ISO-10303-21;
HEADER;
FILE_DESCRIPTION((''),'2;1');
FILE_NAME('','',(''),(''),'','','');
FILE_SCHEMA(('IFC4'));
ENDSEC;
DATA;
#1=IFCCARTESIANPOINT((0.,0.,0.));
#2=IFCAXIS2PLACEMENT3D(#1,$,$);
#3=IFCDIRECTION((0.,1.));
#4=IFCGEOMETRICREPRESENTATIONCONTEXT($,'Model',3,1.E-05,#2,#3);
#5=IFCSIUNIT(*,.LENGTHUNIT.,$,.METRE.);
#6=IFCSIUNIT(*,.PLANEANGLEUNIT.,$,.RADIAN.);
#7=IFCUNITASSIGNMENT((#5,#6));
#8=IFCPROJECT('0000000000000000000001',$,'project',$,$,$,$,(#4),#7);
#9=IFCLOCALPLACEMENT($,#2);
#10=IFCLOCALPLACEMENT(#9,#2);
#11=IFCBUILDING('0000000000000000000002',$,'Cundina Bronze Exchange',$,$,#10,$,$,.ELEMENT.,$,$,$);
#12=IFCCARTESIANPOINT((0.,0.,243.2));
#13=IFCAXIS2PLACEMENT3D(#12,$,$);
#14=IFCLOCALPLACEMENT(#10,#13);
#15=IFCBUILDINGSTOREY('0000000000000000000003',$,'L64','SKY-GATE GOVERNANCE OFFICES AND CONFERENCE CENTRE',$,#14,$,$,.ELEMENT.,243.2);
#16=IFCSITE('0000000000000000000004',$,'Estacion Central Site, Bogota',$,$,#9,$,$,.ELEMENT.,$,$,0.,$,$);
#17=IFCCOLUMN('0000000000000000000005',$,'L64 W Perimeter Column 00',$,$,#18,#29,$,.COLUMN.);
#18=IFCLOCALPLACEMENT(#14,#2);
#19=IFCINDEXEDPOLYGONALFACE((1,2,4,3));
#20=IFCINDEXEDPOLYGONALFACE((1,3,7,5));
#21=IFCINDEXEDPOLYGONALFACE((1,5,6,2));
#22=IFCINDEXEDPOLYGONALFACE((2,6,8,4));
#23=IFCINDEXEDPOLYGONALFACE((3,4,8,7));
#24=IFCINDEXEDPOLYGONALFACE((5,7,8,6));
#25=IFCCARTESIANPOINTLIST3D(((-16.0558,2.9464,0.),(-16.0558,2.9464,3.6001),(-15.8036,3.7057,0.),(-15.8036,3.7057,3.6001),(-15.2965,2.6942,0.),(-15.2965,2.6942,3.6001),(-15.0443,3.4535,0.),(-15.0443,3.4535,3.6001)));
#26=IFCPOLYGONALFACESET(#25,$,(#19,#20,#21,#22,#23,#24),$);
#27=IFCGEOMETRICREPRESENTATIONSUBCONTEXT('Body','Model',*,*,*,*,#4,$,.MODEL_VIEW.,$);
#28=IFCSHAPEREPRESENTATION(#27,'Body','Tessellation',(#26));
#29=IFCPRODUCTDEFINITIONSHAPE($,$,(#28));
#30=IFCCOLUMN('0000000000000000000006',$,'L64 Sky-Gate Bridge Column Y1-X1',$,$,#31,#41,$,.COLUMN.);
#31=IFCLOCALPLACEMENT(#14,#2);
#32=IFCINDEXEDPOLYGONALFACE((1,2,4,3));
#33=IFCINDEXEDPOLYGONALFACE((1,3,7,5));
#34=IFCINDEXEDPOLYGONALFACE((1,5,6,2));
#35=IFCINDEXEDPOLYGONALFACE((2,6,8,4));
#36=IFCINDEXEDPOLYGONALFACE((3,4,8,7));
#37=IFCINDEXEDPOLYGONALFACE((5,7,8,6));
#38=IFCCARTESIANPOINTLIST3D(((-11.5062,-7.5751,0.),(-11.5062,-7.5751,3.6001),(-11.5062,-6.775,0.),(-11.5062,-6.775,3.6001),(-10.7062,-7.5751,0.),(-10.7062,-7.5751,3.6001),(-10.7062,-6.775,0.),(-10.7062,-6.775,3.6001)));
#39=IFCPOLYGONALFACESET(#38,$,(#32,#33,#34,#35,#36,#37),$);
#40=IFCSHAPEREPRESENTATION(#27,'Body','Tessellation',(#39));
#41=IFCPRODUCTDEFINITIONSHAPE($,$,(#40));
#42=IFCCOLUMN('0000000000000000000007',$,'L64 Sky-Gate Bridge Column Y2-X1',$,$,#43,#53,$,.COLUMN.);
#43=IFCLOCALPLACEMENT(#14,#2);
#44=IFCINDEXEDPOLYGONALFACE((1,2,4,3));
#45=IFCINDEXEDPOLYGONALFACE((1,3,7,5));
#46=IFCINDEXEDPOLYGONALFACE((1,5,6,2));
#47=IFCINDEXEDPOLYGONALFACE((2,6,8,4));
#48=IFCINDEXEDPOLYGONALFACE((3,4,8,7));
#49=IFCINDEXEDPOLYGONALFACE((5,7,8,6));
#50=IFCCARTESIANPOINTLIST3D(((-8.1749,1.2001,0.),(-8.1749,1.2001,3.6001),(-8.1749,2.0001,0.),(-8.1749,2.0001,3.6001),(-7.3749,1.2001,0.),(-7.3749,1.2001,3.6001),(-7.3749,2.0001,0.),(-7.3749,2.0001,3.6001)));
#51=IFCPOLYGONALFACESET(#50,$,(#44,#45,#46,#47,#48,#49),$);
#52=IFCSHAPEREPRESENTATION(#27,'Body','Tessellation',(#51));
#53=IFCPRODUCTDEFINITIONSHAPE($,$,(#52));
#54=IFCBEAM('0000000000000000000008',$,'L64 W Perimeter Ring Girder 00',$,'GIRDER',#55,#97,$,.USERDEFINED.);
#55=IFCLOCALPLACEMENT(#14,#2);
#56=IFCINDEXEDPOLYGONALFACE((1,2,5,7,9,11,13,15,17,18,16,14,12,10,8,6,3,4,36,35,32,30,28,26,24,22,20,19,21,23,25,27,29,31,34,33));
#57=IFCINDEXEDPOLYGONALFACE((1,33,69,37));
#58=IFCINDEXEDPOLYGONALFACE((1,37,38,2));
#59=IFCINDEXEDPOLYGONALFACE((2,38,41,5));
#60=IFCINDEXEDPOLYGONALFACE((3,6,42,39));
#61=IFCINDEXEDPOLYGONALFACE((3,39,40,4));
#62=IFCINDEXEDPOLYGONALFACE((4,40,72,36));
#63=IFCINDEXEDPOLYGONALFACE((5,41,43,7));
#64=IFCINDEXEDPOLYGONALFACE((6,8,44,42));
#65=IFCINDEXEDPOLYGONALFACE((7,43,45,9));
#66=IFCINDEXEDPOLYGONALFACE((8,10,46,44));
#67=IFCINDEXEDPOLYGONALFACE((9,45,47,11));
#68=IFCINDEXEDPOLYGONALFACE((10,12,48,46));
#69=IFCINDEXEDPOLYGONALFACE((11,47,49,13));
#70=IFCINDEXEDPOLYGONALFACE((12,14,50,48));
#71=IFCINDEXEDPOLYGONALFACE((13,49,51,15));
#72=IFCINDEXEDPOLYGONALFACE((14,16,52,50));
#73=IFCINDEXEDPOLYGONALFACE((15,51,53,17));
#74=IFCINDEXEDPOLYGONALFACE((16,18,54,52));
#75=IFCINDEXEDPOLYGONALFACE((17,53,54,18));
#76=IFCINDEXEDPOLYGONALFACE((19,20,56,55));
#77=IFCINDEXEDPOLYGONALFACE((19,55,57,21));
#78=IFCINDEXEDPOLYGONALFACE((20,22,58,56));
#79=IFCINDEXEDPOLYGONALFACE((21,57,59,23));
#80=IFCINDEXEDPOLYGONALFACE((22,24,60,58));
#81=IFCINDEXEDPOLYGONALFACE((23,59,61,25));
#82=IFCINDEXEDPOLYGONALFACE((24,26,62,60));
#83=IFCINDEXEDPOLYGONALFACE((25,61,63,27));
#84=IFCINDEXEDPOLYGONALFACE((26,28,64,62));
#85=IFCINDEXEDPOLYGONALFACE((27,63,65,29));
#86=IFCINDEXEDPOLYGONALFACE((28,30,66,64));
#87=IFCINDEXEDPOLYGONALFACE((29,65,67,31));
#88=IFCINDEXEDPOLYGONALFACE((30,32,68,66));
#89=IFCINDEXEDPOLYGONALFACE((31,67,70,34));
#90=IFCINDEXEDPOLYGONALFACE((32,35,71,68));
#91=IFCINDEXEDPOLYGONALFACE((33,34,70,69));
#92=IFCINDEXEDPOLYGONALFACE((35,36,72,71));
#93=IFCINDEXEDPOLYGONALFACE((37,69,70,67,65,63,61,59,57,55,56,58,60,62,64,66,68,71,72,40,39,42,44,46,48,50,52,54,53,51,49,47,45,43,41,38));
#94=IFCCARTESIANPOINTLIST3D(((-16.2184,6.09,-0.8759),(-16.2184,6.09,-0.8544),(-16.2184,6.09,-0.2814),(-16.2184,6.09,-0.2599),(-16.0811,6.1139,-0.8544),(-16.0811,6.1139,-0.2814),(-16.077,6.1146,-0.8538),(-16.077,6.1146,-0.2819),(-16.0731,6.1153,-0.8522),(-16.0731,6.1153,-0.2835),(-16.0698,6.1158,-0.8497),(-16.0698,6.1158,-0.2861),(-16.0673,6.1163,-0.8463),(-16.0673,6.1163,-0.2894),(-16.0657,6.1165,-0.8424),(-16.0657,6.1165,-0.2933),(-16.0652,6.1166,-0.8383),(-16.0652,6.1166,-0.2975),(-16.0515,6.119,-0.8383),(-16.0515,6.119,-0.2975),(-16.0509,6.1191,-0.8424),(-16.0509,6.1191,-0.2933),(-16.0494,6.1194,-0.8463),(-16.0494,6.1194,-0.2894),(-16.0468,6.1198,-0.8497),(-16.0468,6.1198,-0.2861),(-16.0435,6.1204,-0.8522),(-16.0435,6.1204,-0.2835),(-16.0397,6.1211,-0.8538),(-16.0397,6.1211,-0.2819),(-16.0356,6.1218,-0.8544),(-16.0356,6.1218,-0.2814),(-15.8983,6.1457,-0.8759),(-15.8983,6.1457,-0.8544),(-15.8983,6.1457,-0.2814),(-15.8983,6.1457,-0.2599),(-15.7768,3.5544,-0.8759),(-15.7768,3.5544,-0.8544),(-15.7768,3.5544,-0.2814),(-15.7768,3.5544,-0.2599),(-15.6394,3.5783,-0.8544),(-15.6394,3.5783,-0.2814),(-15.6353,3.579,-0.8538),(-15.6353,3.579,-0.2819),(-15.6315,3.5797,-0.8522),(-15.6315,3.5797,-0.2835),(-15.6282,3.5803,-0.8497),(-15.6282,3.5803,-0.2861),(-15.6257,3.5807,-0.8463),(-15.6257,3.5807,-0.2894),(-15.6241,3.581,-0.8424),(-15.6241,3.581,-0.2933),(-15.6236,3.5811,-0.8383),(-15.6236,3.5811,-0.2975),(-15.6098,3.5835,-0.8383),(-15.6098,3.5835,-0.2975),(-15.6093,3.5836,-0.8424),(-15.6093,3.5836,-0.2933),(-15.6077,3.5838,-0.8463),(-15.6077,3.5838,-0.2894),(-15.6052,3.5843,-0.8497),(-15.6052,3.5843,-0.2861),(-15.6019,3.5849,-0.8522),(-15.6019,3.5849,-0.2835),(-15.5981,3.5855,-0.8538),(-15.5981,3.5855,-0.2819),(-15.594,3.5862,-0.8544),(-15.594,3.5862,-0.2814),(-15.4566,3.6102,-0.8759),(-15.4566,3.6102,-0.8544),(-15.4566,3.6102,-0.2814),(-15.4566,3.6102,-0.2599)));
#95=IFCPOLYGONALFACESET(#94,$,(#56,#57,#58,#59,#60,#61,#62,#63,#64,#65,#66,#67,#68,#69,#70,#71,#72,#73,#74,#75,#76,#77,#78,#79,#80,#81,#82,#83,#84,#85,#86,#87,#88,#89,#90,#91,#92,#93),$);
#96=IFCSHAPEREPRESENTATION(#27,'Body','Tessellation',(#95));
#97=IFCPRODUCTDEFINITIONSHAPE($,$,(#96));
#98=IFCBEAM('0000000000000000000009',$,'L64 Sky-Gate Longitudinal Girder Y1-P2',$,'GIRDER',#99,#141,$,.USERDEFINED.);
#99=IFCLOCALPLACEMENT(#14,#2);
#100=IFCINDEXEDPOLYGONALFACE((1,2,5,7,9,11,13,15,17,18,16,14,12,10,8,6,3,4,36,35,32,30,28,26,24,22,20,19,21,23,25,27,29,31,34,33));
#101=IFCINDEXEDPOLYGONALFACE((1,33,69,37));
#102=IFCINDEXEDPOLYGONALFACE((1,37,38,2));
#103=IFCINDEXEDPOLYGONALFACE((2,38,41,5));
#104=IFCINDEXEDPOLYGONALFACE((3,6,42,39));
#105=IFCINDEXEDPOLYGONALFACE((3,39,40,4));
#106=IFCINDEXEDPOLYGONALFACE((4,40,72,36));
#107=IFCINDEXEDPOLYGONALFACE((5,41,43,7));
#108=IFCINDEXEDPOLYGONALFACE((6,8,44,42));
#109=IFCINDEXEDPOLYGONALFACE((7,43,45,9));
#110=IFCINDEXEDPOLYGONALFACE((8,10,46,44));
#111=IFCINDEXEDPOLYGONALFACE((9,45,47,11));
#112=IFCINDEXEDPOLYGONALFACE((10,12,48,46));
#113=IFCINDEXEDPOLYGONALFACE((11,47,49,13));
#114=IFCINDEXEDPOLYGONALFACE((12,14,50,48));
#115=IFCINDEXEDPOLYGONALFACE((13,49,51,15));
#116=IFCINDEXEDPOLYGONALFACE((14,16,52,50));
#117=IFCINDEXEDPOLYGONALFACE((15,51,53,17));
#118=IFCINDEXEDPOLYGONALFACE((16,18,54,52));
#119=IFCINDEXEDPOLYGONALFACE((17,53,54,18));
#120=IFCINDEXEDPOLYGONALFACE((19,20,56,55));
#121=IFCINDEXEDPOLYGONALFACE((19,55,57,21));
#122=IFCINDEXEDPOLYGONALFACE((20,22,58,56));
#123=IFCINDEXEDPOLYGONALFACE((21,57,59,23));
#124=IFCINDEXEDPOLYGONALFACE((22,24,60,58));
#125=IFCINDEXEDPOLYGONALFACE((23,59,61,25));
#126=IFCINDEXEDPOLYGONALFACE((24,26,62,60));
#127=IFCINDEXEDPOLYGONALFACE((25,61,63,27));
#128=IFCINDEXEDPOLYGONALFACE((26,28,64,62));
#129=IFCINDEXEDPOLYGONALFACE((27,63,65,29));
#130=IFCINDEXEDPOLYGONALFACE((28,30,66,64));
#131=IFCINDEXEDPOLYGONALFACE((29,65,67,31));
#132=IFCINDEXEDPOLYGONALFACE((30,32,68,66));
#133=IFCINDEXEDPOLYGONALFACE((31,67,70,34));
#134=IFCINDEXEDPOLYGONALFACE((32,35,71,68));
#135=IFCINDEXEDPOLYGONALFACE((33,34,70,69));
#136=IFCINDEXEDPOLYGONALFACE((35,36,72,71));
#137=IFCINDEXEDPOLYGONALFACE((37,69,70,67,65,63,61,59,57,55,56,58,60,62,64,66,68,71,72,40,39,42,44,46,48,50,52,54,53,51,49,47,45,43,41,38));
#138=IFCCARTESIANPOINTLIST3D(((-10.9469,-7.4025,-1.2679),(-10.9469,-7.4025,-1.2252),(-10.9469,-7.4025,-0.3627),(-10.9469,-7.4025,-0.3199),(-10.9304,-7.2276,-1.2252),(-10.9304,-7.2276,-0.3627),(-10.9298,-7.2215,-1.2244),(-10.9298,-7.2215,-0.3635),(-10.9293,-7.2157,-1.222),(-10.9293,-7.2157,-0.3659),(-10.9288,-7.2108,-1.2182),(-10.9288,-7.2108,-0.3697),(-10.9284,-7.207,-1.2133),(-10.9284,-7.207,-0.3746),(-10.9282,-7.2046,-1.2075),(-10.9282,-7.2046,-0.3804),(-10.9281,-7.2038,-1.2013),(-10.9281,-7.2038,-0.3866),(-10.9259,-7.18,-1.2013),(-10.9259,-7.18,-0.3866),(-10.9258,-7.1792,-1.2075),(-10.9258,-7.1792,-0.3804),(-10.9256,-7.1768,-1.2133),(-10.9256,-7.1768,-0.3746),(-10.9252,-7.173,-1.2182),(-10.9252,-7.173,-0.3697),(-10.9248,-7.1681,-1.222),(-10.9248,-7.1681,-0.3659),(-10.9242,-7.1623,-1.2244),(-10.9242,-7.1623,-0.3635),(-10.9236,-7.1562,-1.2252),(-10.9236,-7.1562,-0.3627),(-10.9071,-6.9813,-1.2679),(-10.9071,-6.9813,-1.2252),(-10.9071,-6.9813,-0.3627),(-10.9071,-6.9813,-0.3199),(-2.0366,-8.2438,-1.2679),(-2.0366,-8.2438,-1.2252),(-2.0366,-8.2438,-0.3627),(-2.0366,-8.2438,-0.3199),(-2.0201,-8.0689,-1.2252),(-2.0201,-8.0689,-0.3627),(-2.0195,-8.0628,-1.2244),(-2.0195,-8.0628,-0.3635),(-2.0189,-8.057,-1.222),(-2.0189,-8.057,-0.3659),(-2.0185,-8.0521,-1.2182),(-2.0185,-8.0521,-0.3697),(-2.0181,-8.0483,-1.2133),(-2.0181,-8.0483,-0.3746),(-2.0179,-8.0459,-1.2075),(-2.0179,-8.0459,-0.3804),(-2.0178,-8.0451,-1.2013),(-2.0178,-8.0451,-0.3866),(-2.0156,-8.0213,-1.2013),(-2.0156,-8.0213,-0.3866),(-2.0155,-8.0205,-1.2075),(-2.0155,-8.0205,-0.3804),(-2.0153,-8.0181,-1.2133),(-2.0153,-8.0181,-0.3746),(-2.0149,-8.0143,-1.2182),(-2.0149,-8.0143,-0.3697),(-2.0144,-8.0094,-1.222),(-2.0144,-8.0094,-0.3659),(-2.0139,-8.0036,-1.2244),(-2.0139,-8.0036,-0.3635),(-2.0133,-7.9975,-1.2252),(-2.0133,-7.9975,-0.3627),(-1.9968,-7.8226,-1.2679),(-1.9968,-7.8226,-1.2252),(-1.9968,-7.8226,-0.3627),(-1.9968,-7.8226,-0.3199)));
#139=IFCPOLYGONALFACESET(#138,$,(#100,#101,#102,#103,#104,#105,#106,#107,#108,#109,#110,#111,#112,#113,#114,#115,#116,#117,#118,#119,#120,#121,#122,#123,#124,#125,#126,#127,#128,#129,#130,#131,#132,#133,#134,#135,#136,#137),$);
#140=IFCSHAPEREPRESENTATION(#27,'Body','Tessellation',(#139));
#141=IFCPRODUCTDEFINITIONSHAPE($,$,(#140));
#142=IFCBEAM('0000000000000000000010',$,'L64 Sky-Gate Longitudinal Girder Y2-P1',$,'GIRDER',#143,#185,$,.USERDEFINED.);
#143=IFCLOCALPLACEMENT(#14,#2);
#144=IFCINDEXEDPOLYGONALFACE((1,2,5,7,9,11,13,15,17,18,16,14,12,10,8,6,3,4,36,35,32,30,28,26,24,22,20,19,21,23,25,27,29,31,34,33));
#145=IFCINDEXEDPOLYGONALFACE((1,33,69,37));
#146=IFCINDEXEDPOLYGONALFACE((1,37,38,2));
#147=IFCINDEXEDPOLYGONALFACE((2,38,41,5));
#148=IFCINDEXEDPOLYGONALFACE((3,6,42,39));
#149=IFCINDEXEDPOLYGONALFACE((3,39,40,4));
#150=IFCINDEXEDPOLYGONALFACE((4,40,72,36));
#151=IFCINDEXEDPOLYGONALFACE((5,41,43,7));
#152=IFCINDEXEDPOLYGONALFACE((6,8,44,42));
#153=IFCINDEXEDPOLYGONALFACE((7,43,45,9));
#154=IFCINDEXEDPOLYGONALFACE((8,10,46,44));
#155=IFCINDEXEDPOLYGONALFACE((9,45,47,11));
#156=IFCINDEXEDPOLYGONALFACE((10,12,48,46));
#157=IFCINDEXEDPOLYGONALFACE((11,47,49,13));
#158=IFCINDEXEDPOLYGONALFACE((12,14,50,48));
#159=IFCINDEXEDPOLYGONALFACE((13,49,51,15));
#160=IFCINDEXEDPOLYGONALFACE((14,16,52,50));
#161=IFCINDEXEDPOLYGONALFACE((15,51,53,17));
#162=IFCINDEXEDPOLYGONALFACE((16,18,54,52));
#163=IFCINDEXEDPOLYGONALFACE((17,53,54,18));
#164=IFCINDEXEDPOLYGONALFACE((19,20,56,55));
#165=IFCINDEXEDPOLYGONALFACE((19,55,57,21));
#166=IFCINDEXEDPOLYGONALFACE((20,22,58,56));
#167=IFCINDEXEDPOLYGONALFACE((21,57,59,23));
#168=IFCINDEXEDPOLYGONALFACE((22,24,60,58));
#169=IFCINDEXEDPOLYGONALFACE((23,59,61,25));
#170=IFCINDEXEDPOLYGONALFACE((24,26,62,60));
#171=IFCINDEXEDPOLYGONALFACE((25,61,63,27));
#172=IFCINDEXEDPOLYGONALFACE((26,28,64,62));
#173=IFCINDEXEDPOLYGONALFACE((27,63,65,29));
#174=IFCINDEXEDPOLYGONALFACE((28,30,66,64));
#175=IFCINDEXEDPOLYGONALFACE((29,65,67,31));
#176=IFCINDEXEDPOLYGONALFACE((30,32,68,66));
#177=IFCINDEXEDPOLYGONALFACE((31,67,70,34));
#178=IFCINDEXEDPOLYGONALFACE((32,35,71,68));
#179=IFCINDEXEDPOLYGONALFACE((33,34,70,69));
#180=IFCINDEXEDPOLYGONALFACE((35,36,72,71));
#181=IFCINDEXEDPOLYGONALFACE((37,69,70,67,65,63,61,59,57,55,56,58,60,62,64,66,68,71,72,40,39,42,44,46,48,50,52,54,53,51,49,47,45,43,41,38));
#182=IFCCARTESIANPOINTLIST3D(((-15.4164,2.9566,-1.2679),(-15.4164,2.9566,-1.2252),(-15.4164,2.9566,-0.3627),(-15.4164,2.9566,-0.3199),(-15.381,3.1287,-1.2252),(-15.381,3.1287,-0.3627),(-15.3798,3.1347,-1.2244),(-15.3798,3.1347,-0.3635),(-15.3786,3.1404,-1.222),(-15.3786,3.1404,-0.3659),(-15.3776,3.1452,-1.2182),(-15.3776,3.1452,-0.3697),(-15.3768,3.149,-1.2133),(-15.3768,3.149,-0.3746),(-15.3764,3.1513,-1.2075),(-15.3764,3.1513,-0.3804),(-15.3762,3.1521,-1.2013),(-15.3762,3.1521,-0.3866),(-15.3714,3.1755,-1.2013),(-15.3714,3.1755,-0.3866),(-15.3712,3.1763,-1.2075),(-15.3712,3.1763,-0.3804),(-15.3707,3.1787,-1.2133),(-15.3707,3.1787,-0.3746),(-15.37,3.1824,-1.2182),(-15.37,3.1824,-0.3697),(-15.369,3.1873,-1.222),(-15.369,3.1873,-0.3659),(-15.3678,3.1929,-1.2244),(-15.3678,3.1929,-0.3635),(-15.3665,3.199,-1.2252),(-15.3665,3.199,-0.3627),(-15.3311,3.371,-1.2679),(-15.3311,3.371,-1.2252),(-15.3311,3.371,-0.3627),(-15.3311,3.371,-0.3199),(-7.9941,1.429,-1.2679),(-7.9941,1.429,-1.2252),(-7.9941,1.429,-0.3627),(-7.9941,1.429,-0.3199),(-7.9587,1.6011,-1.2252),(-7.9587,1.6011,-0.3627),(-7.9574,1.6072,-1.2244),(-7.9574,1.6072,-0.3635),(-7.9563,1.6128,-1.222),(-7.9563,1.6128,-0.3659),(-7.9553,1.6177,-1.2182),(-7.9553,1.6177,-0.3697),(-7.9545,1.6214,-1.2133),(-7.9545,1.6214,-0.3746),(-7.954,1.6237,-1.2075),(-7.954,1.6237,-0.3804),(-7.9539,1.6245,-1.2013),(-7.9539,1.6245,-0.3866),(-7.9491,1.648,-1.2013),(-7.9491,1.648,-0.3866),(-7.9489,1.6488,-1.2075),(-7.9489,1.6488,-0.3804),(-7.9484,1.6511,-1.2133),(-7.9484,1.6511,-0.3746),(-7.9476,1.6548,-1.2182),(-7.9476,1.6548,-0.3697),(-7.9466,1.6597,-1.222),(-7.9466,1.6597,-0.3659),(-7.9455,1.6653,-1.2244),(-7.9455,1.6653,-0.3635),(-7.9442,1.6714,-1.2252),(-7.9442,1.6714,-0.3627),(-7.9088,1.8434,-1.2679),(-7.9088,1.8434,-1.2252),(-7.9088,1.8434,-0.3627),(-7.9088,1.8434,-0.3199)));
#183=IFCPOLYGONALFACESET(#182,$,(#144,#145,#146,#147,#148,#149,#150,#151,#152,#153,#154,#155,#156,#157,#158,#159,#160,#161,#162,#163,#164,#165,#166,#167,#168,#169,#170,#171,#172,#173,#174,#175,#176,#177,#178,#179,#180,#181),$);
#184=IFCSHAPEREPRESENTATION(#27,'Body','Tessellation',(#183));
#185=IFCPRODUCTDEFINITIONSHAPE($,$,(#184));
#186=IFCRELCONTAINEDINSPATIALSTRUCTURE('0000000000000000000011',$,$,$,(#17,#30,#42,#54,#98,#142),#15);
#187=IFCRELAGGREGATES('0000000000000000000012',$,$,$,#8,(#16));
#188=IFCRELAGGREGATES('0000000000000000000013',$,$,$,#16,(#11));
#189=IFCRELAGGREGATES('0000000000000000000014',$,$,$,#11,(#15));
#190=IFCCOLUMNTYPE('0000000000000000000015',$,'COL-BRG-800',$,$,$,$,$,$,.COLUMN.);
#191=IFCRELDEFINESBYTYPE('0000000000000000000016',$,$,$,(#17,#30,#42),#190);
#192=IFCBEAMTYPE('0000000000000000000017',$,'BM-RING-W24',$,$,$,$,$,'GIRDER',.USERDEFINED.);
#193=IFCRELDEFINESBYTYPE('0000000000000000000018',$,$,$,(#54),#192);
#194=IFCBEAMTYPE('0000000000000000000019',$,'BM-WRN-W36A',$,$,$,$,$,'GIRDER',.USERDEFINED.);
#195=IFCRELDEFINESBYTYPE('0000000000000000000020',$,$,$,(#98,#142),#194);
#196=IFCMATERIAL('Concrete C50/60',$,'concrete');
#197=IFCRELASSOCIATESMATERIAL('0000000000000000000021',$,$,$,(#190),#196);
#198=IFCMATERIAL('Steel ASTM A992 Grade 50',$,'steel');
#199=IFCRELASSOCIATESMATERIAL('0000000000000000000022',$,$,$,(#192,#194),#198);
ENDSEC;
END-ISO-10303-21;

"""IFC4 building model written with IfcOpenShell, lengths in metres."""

from ifc_helpers import new_model, si_unit, direction, frame, origin, origin_2d, place, context, subcontext, project, spatial, rectangle, i_section, extrude, material, material_profile, profile_set, type_object, element, save


model = new_model("IFC4")

# Units and contexts
model_context = context("Model", 3, precision=1e-05, world=origin(), true_north=direction((0.0, 1.0)))
body_context = subcontext(model_context, "Body", "Model", "MODEL_VIEW")
ifc_project = project(units=[si_unit("LENGTHUNIT", "METRE"), si_unit("PLANEANGLEUNIT", "RADIAN")], contexts=[model_context])

# Site, building, storey
site_placement = place(None, origin())
site = spatial("IfcSite", under=ifc_project, at=site_placement, Name="Estacion Central Site, Bogota", CompositionType="ELEMENT", RefElevation=0.0)
building_placement = place(site_placement, origin())
building = spatial("IfcBuilding", under=site, at=building_placement, Name="Cundina Bronze Exchange", CompositionType="ELEMENT")
storey_placement = place(building_placement, frame((0.0, 0.0, 243.2)))
storey = spatial("IfcBuildingStorey", under=building, at=storey_placement, Name="L64", Description="SKY-GATE GOVERNANCE OFFICES AND CONFERENCE CENTRE", CompositionType="ELEMENT", Elevation=243.2)

# Columns
ifc_material_1 = material(Name="Concrete C50/60", Category="concrete")
ifc_material_profile_1 = material_profile(ifc_material_1, rectangle(XDim=0.8, YDim=0.8, at=origin_2d()), Name="RC800X800", Category="concrete")
ifc_profile_set_1 = profile_set([ifc_material_profile_1], Name="Concrete C50/60")
column_type = type_object("IfcColumnType", Name="COL-BRG-800", PredefinedType="COLUMN", material=ifc_profile_set_1)
for number, where, z_axis, x_axis, name in (
    (1, (-15.55, 3.2, 0.0), (0.0, 0.0, 1.0), (0.315152, 0.949041, 0.0), "L64 W Perimeter Column 00"),
    (2, (-11.1062, -7.175, 0.0), (0.0, 0.0, 1.0), (1.0, 0.0, 0.0), "L64 Sky-Gate Bridge Column Y1-X1"),
    (3, (-7.7749, 1.6001, 0.0), (0.0, 0.0, 1.0), (1.0, 0.0, 0.0), "L64 Sky-Gate Bridge Column Y2-X1"),
):
    element("IfcColumn", number, at=place(storey_placement, frame(where, z_axis=z_axis, x_axis=x_axis)), inside=storey, type_object=column_type, Name=name, PredefinedType="COLUMN", context=body_context, shape_type="SweptSolid", body=[
        extrude(rectangle(XDim=0.8, YDim=0.8, at=origin_2d()), origin(), (0.0, 0.0, 1.0), 3.6001),
    ])

# Beams
ifc_material_2 = material(Name="Steel ASTM A992 Grade 50", Category="steel")
ifc_material_profile_2 = material_profile(ifc_material_2, i_section(OverallWidth=0.325, OverallDepth=0.616, WebThickness=0.0139, FlangeThickness=0.0215, FilletRadius=0.0161, at=origin_2d()), Name="W24X117", Category="steel")
ifc_profile_set_2 = profile_set([ifc_material_profile_2], Name="Steel ASTM A992 Grade 50")
beam_type_1 = type_object("IfcBeamType", Name="BM-RING-W24", ElementType="GIRDER", PredefinedType="USERDEFINED", material=ifc_profile_set_2)
beam_1_placement = place(storey_placement, frame((-15.6167, 3.5823, -0.5679), z_axis=(-0.171593, 0.985168, 0.0), x_axis=(-0.985168, -0.171593, 0.0)))
element("IfcBeam", 4, at=beam_1_placement, inside=storey, type_object=beam_type_1, Name="L64 W Perimeter Ring Girder 00", ObjectType="GIRDER", PredefinedType="USERDEFINED", context=body_context, shape_type="SweptSolid", body=[
    extrude(i_section(OverallWidth=0.325, OverallDepth=0.616, WebThickness=0.0139, FlangeThickness=0.0215, FilletRadius=0.0161, at=origin_2d()), origin(), (0.0, 0.0, 1.0), 2.5737),
])
ifc_material_profile_3 = material_profile(ifc_material_2, i_section(OverallWidth=0.4231, OverallDepth=0.948, WebThickness=0.0239, FlangeThickness=0.0427, FilletRadius=0.0239, at=origin_2d()), Name="W36X302", Category="steel")
ifc_profile_set_3 = profile_set([ifc_material_profile_3], Name="Steel ASTM A992 Grade 50")
beam_type_2 = type_object("IfcBeamType", Name="BM-WRN-W36A", ElementType="GIRDER", PredefinedType="USERDEFINED", material=ifc_profile_set_3)
beam_2_placement = place(storey_placement, frame((-10.927, -7.1919, -0.7939), z_axis=(0.995572, -0.094001, 0.0), x_axis=(0.094001, 0.995572, 0.0)))
element("IfcBeam", 5, at=beam_2_placement, inside=storey, type_object=beam_type_2, Name="L64 Sky-Gate Longitudinal Girder Y1-P2", ObjectType="GIRDER", PredefinedType="USERDEFINED", context=body_context, shape_type="SweptSolid", body=[
    extrude(i_section(OverallWidth=0.4231, OverallDepth=0.948, WebThickness=0.0239, FlangeThickness=0.0427, FilletRadius=0.0239, at=origin_2d()), origin(), (0.0, 0.0, 1.0), 8.95),
])
for number, where, z_axis, x_axis, name in (
    (6, (-15.3738, 3.1638, -0.7939), (0.979471, -0.201584, 0.0), (0.201584, 0.979471, 0.0), "L64 Sky-Gate Longitudinal Girder Y2-P1"),
):
    element("IfcBeam", number, at=place(storey_placement, frame(where, z_axis=z_axis, x_axis=x_axis)), inside=storey, type_object=beam_type_2, Name=name, ObjectType="GIRDER", PredefinedType="USERDEFINED", context=body_context, shape_type="SweptSolid", body=[
        extrude(i_section(OverallWidth=0.4231, OverallDepth=0.948, WebThickness=0.0239, FlangeThickness=0.0427, FilletRadius=0.0239, at=origin_2d()), origin(), (0.0, 0.0, 1.0), 7.5779),
    ])

save(model, "model.ifc")
